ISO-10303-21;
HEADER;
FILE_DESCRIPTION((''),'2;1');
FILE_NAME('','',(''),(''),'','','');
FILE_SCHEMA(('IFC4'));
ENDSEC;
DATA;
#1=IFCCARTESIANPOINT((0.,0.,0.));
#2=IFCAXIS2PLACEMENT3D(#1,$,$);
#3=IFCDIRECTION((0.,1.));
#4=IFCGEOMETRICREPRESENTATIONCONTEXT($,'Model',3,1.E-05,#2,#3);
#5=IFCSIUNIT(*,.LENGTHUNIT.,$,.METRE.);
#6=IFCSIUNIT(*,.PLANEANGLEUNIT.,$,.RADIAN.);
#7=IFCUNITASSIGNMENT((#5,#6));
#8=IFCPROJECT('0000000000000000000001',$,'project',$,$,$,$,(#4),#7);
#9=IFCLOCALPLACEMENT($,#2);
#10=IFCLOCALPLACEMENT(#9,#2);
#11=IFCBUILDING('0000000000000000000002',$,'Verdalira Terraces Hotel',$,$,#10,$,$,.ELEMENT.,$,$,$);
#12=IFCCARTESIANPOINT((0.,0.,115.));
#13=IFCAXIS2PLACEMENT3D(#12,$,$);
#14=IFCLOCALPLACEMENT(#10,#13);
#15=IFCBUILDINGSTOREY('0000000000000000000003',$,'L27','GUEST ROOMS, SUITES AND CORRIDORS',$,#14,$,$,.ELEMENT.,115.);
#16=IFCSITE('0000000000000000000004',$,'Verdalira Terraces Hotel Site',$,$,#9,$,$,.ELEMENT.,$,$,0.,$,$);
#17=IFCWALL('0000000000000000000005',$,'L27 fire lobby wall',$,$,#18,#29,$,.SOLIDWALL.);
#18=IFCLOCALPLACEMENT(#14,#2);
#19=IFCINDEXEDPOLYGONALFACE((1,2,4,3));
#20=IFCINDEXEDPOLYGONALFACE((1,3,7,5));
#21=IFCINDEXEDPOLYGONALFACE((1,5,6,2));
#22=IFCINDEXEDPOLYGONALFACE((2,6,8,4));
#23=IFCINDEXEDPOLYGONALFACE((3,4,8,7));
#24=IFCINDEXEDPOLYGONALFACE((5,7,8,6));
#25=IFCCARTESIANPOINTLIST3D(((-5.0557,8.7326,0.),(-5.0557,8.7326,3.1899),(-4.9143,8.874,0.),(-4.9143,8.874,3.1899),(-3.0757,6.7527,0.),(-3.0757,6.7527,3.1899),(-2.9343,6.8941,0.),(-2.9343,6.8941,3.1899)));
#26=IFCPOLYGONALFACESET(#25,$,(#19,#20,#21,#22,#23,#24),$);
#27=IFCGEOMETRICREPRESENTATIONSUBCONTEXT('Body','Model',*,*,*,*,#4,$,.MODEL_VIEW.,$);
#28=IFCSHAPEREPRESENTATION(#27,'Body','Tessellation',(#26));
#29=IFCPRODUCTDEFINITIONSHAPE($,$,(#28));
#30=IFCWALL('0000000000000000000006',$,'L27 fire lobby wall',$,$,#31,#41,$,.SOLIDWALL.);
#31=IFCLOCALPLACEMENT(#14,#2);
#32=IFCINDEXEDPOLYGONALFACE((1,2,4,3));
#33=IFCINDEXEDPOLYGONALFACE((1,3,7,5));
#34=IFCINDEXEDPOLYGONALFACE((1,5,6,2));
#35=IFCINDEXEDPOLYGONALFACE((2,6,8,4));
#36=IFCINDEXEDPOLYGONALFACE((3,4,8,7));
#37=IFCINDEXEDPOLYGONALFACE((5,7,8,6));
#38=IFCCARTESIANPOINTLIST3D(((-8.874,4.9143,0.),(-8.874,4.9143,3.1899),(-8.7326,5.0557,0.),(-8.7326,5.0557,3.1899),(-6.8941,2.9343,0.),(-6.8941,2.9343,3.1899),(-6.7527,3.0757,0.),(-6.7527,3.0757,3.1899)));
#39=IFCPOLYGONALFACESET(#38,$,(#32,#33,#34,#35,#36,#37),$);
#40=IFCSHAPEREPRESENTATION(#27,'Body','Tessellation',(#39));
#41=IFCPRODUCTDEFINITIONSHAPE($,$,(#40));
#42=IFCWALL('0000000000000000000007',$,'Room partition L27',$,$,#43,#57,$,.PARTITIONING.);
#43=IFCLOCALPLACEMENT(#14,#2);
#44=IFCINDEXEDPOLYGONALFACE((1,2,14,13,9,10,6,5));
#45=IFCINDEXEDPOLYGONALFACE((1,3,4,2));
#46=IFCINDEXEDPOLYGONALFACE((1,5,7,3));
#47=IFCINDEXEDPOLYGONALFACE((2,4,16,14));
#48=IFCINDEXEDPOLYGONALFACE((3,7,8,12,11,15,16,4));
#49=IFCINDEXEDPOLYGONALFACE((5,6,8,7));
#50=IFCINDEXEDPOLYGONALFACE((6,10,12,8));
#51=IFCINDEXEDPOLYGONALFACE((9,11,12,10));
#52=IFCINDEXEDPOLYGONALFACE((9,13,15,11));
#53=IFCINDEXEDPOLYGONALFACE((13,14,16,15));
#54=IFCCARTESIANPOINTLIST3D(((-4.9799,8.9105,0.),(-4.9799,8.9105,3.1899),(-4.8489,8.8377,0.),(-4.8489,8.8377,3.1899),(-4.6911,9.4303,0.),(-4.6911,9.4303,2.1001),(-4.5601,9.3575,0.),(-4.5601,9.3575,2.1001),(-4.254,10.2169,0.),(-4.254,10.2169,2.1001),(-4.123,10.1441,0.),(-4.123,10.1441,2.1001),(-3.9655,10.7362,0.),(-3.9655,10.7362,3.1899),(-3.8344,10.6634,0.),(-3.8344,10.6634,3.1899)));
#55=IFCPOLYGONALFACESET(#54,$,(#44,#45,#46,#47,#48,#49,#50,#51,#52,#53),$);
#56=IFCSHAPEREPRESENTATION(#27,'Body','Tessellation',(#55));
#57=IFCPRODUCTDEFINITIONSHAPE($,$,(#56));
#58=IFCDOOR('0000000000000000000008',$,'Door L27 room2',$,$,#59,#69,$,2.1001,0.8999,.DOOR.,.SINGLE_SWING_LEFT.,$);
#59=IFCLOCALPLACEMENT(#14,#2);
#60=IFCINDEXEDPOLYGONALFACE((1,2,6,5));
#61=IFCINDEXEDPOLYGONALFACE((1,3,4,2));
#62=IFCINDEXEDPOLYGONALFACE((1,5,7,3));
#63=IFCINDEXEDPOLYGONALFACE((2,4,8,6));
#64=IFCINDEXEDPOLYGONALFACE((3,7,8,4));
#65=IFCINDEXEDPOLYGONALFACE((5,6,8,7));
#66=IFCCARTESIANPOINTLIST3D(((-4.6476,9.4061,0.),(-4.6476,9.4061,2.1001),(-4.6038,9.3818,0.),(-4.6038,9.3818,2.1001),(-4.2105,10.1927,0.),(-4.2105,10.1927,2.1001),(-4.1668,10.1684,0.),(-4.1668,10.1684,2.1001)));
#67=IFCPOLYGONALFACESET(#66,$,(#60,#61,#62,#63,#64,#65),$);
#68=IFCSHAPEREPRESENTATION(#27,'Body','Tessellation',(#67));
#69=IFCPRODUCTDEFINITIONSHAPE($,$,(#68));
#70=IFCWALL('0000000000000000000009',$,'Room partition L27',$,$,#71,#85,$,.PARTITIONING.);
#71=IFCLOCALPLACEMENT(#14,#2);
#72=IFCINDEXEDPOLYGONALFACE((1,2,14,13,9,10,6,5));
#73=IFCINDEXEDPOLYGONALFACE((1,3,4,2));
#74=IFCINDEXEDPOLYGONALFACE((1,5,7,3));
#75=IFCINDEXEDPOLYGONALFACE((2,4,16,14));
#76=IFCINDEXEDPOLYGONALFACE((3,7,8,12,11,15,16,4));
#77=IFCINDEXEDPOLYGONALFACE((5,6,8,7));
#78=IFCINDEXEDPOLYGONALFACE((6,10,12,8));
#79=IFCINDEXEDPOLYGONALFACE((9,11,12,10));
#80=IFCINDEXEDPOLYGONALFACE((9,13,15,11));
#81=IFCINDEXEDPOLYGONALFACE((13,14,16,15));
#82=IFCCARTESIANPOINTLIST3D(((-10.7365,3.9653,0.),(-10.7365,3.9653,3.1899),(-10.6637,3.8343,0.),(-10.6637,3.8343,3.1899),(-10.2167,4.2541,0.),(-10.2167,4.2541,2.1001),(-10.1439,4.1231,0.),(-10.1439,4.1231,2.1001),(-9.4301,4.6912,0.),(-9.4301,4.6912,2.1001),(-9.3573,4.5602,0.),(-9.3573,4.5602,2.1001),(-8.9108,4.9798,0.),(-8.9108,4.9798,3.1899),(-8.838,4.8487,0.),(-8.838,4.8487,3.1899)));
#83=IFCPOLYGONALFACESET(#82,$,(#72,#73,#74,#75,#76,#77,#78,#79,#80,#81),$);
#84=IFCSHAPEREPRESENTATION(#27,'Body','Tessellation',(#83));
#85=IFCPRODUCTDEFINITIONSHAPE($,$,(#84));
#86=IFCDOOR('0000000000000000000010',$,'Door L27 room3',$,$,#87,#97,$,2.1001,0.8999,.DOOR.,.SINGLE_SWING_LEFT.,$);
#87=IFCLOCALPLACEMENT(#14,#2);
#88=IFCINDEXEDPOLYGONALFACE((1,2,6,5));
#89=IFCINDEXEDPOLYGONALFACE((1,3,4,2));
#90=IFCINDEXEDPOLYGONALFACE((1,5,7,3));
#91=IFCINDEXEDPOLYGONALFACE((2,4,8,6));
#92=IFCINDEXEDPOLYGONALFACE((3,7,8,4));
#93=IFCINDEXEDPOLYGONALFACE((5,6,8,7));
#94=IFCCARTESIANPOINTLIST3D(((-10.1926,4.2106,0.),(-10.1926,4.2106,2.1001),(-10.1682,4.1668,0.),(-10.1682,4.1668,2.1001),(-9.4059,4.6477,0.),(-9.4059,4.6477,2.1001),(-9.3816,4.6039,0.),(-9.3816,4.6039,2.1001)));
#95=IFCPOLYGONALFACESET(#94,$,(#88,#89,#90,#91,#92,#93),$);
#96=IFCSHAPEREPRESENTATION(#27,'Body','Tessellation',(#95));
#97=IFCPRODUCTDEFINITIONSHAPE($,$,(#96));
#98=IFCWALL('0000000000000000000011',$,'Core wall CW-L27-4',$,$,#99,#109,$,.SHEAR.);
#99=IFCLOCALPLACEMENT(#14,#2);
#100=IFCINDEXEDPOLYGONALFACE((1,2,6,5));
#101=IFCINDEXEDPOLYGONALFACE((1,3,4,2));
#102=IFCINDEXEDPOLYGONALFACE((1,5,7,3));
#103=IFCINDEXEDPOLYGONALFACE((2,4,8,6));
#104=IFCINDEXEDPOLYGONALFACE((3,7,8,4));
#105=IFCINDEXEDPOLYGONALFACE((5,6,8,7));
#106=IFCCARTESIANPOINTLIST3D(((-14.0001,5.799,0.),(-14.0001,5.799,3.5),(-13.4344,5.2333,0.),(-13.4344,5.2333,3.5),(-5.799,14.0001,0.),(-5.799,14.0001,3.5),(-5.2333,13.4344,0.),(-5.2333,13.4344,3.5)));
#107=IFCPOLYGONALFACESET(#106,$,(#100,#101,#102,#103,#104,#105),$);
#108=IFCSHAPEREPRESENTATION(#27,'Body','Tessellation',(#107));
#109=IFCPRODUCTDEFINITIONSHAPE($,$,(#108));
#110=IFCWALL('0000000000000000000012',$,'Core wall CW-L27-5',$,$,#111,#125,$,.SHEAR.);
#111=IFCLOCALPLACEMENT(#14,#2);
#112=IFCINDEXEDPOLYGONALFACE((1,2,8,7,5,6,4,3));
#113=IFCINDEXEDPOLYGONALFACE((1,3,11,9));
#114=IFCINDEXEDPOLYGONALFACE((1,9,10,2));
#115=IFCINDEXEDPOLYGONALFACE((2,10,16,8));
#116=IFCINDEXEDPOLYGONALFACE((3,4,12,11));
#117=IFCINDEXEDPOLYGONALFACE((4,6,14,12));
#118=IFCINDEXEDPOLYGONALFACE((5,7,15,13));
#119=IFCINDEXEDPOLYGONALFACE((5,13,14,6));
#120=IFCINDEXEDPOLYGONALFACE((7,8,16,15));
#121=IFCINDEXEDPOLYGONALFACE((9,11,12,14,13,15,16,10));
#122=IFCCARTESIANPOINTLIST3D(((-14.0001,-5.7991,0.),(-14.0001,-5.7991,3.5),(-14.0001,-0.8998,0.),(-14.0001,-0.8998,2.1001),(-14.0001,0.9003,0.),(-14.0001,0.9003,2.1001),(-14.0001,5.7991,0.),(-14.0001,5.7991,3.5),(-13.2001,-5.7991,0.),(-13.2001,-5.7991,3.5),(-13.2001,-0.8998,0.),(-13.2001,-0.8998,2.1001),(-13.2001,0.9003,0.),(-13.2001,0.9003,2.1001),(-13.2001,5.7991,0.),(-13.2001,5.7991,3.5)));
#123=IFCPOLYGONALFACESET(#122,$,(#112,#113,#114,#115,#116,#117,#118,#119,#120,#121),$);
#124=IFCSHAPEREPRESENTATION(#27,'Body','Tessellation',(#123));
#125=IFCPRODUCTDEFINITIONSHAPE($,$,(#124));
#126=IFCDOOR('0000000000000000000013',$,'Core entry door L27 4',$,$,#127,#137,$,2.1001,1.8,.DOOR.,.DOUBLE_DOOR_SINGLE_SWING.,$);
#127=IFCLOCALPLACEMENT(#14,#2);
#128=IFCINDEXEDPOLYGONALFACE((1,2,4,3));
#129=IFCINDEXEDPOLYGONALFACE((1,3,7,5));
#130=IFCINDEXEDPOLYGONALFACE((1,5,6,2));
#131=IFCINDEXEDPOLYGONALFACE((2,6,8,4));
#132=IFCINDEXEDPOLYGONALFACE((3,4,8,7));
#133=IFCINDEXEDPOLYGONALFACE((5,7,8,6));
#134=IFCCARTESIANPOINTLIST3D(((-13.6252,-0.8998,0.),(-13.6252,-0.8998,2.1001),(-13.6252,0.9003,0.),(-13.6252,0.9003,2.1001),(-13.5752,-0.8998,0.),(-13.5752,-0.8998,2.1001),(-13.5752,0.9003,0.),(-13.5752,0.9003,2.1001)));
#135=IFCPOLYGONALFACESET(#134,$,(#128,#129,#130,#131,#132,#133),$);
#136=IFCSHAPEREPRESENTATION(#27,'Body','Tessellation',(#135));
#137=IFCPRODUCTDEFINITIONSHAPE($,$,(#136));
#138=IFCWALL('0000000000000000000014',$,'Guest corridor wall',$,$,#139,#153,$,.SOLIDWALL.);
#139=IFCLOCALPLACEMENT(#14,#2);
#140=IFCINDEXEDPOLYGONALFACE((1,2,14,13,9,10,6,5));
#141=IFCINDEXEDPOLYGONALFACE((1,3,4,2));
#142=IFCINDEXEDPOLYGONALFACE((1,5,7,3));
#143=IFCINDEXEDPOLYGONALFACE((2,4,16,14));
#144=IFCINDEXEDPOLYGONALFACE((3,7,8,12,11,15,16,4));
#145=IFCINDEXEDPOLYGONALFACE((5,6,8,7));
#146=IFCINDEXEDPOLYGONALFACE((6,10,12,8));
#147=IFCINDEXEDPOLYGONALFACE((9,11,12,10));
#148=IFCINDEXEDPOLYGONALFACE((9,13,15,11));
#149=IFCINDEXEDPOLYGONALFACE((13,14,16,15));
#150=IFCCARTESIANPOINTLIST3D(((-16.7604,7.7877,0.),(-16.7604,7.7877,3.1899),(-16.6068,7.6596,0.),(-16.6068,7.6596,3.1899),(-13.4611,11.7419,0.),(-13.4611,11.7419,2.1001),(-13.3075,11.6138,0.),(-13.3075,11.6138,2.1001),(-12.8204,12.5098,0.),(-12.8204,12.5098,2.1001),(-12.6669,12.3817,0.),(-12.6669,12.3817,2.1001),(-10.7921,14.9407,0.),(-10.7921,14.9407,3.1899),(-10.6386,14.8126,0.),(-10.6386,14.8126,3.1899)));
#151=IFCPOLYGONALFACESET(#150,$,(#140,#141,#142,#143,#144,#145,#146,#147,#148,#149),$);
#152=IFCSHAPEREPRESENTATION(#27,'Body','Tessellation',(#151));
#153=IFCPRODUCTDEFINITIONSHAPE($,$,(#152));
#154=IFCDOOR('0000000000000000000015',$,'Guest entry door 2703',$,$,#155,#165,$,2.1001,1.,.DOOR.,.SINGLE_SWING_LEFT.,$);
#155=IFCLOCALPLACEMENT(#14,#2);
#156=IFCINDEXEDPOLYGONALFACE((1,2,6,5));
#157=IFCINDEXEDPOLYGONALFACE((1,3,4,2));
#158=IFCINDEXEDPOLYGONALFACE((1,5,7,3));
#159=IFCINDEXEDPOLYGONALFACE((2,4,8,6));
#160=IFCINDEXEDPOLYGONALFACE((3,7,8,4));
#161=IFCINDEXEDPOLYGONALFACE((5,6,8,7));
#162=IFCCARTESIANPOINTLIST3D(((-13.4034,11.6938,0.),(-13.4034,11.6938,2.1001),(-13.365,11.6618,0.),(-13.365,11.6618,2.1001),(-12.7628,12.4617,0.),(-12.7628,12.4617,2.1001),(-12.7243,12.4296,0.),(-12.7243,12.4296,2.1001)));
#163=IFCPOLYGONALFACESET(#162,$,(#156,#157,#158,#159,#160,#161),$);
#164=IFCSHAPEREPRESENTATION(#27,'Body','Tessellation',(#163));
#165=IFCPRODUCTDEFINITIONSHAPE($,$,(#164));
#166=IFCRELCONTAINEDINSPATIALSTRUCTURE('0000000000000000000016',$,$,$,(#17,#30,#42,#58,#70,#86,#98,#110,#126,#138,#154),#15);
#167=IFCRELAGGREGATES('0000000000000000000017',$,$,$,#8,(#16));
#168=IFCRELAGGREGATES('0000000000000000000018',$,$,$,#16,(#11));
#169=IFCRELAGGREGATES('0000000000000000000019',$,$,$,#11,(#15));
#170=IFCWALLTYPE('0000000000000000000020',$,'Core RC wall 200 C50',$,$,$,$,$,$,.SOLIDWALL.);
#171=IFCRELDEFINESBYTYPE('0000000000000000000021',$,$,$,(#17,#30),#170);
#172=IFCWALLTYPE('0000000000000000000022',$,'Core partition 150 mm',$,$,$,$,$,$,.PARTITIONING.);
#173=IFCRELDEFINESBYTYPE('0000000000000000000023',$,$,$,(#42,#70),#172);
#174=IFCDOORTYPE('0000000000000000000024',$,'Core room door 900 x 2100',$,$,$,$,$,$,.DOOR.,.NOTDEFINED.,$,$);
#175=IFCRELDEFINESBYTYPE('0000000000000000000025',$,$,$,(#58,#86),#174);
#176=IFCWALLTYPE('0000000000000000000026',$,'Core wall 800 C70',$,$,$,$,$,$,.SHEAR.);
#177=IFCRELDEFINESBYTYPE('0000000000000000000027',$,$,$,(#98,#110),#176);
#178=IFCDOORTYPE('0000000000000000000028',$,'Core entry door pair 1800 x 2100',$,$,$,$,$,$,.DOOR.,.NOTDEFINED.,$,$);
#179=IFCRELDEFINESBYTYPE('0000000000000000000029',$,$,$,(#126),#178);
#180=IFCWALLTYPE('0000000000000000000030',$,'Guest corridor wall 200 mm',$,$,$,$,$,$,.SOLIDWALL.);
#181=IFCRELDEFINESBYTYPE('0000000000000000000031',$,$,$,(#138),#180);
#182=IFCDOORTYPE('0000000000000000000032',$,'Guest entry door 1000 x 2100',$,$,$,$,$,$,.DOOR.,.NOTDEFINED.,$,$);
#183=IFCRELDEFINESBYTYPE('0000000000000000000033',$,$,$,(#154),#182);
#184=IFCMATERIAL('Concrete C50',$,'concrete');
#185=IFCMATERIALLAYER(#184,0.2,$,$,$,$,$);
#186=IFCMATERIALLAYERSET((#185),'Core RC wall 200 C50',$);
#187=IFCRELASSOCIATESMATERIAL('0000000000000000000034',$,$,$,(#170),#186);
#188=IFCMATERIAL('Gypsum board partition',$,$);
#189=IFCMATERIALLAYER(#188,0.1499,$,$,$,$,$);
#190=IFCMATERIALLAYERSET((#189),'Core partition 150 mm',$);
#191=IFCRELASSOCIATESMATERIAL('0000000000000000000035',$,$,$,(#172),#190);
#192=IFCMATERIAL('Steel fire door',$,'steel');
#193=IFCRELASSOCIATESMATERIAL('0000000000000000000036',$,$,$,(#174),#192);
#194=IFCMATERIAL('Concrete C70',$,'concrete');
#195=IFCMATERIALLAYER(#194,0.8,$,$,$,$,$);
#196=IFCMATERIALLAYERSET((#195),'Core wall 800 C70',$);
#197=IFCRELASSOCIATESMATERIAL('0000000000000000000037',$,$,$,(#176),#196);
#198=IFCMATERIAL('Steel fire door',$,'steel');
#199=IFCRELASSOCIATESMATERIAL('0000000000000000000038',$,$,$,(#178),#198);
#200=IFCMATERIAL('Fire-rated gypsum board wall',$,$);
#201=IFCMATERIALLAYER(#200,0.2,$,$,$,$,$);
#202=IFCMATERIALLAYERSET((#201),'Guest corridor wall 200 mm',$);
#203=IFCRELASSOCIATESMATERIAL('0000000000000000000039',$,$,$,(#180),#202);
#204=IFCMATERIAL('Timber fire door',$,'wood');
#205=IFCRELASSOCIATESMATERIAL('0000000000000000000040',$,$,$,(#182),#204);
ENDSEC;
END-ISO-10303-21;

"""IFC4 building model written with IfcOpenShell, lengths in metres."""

from ifc_helpers import new_model, si_unit, direction, frame, frame_2d, origin, place, context, subcontext, project, spatial, rectangle, extrude, material, layer, layer_set, type_object, element, fill, save


model = new_model("IFC4")

# Units and contexts
model_context = context("Model", 3, precision=1e-05, world=origin(), true_north=direction((0.0, 1.0)))
body_context = subcontext(model_context, "Body", "Model", "MODEL_VIEW")
ifc_project = project(units=[si_unit("LENGTHUNIT", "METRE"), si_unit("PLANEANGLEUNIT", "RADIAN")], contexts=[model_context])

# Site, building, storey
site_placement = place(None, origin())
site = spatial("IfcSite", under=ifc_project, at=site_placement, Name="Verdalira Terraces Hotel Site", CompositionType="ELEMENT", RefElevation=0.0)
building_placement = place(site_placement, origin())
building = spatial("IfcBuilding", under=site, at=building_placement, Name="Verdalira Terraces Hotel", CompositionType="ELEMENT")
storey_placement = place(building_placement, frame((0.0, 0.0, 115.0)))
storey = spatial("IfcBuildingStorey", under=building, at=storey_placement, Name="L27", Description="GUEST ROOMS, SUITES AND CORRIDORS", CompositionType="ELEMENT", Elevation=115.0)

# Shared definitions
ifc_material_1 = material(Name="Concrete C50", Category="concrete")
ifc_layer_1 = layer(ifc_material_1, 0.2)
ifc_layer_set_1 = layer_set([ifc_layer_1], Name="Core RC wall 200 C50")
wall_type_1 = type_object("IfcWallType", Name="Core RC wall 200 C50", PredefinedType="SOLIDWALL", material=ifc_layer_set_1)

# Walls
for number, where, z_axis, x_axis, name in (
    (1, (-3.0051, 6.8235, 0.0), (0.0, 0.0, 1.0), (-0.707107, 0.707107, 0.0), "L27 fire lobby wall"),
    (2, (-6.8235, 3.0051, 0.0), (0.0, 0.0, 1.0), (-0.707107, 0.707107, 0.0), "L27 fire lobby wall"),
):
    element("IfcWall", number, at=place(storey_placement, frame(where, z_axis=z_axis, x_axis=x_axis)), inside=storey, type_object=wall_type_1, Name=name, PredefinedType="SOLIDWALL", context=body_context, shape_type="SweptSolid", body=[
        extrude(rectangle(XDim=2.8, YDim=0.2, at=frame_2d((1.3999, 0.0))), origin(), (0.0, 0.0, 1.0), 3.1899),
    ])

# Walls, openings, doors
ifc_material_2 = material(Name="Gypsum board partition")
ifc_layer_2 = layer(ifc_material_2, 0.1499)
ifc_layer_set_2 = layer_set([ifc_layer_2], Name="Core partition 150 mm")
wall_type_2 = type_object("IfcWallType", Name="Core partition 150 mm", PredefinedType="PARTITIONING", material=ifc_layer_set_2)
wall_1_placement = place(storey_placement, frame((-3.8999, 10.7, 0.0), z_axis=(0.0, 0.0, 1.0), x_axis=(-0.485693, -0.87413, 0.0)))
wall_1 = element("IfcWall", 3, at=wall_1_placement, inside=storey, type_object=wall_type_2, Name="Room partition L27", PredefinedType="PARTITIONING", context=body_context, shape_type="SweptSolid", body=[
    extrude(rectangle(XDim=2.0886, YDim=0.1499, at=frame_2d((1.0444, 0.0))), origin(), (0.0, 0.0, 1.0), 3.1899),
])
opening_1_placement = place(wall_1_placement, frame((0.5942, 0.0, 0.0)))
opening_1 = element("IfcOpeningElement", 4, at=opening_1_placement, cuts=wall_1, PredefinedType="OPENING", context=body_context, shape_type="SweptSolid", body=[
    extrude(rectangle(XDim=0.8999, YDim=2.1001, at=frame_2d((0.45, 1.05))), frame((0.0, 0.085, 0.0), z_axis=(0.0, -1.0, 0.0), x_axis=(1.0, 0.0, 0.0)), (0.0, 0.0, 1.0), 0.1699),
])
ifc_material_3 = material(Name="Steel fire door", Category="steel")
door_type_1 = type_object("IfcDoorType", Name="Core room door 900 x 2100", OperationType="NOTDEFINED", PredefinedType="DOOR", material=ifc_material_3)
door_1_placement = place(opening_1_placement, origin())
door_1 = element("IfcDoor", 5, at=door_1_placement, inside=storey, type_object=door_type_1, Name="Door L27 room2", OperationType="SINGLE_SWING_LEFT", OverallHeight=2.1001, OverallWidth=0.8999, PredefinedType="DOOR", context=body_context, shape_type="SweptSolid", body=[
    extrude(rectangle(XDim=0.8999, YDim=2.1001, at=frame_2d((0.45, 1.05))), frame((0.0, 0.0249, 0.0), z_axis=(0.0, -1.0, 0.0), x_axis=(1.0, 0.0, 0.0)), (0.0, 0.0, 1.0), 0.05),
])
fill(opening_1, door_1)
wall_2_placement = place(storey_placement, frame((-8.8743, 4.9143, 0.0), z_axis=(0.0, 0.0, 1.0), x_axis=(-0.87413, -0.485693, 0.0)))
wall_2 = element("IfcWall", 6, at=wall_2_placement, inside=storey, type_object=wall_type_2, Name="Room partition L27", PredefinedType="PARTITIONING", context=body_context, shape_type="SweptSolid", body=[
    extrude(rectangle(XDim=2.0886, YDim=0.1499, at=frame_2d((1.0444, 0.0))), origin(), (0.0, 0.0, 1.0), 3.1899),
])
opening_2_placement = place(wall_2_placement, frame((0.5942, 0.0, 0.0)))
opening_2 = element("IfcOpeningElement", 7, at=opening_2_placement, cuts=wall_2, PredefinedType="OPENING", context=body_context, shape_type="SweptSolid", body=[
    extrude(rectangle(XDim=0.8999, YDim=2.1001, at=frame_2d((0.45, 1.05))), frame((0.0, 0.085, 0.0), z_axis=(0.0, -1.0, 0.0), x_axis=(1.0, 0.0, 0.0)), (0.0, 0.0, 1.0), 0.1699),
])
door_2_placement = place(opening_2_placement, origin())
door_2 = element("IfcDoor", 8, at=door_2_placement, inside=storey, type_object=door_type_1, Name="Door L27 room3", OperationType="SINGLE_SWING_LEFT", OverallHeight=2.1001, OverallWidth=0.8999, PredefinedType="DOOR", context=body_context, shape_type="SweptSolid", body=[
    extrude(rectangle(XDim=0.8999, YDim=2.1001, at=frame_2d((0.45, 1.05))), frame((0.0, 0.0249, 0.0), z_axis=(0.0, -1.0, 0.0), x_axis=(1.0, 0.0, 0.0)), (0.0, 0.0, 1.0), 0.05),
])
fill(opening_2, door_2)

# Wall
ifc_material_4 = material(Name="Concrete C70", Category="concrete")
ifc_layer_3 = layer(ifc_material_4, 0.8)
ifc_layer_set_3 = layer_set([ifc_layer_3], Name="Core wall 800 C70")
wall_type_3 = type_object("IfcWallType", Name="Core wall 800 C70", PredefinedType="SHEAR", material=ifc_layer_set_3)
wall_3_placement = place(storey_placement, frame((-5.5161, 13.7173, 0.0), z_axis=(0.0, 0.0, 1.0), x_axis=(-0.707107, -0.707107, 0.0)))
element("IfcWall", 9, at=wall_3_placement, inside=storey, type_object=wall_type_3, Name="Core wall CW-L27-4", PredefinedType="SHEAR", context=body_context, shape_type="SweptSolid", body=[
    extrude(rectangle(XDim=11.5981, YDim=0.8, at=frame_2d((5.7991, 0.0))), origin(), (0.0, 0.0, 1.0), 3.5),
])

# Walls, openings, doors
wall_4_placement = place(storey_placement, frame((-13.6001, 5.7991, 0.0), z_axis=(0.0, 0.0, 1.0), x_axis=(0.0, -1.0, 0.0)))
wall_4 = element("IfcWall", 10, at=wall_4_placement, inside=storey, type_object=wall_type_3, Name="Core wall CW-L27-5", PredefinedType="SHEAR", context=body_context, shape_type="SweptSolid", body=[
    extrude(rectangle(XDim=11.5981, YDim=0.8, at=frame_2d((5.7991, 0.0))), origin(), (0.0, 0.0, 1.0), 3.5),
])
opening_3_placement = place(wall_4_placement, frame((4.8989, 0.0, 0.0)))
opening_3 = element("IfcOpeningElement", 11, at=opening_3_placement, cuts=wall_4, PredefinedType="OPENING", context=body_context, shape_type="SweptSolid", body=[
    extrude(rectangle(XDim=1.8, YDim=2.1001, at=frame_2d((0.8999, 1.05))), frame((0.0, 0.4099, 0.0), z_axis=(0.0, -1.0, 0.0), x_axis=(1.0, 0.0, 0.0)), (0.0, 0.0, 1.0), 0.8201),
])
ifc_material_5 = material(Name="Steel fire door", Category="steel")
door_type_2 = type_object("IfcDoorType", Name="Core entry door pair 1800 x 2100", OperationType="NOTDEFINED", PredefinedType="DOOR", material=ifc_material_5)
door_3_placement = place(opening_3_placement, origin())
door_3 = element("IfcDoor", 12, at=door_3_placement, inside=storey, type_object=door_type_2, Name="Core entry door L27 4", OperationType="DOUBLE_DOOR_SINGLE_SWING", OverallHeight=2.1001, OverallWidth=1.8, PredefinedType="DOOR", context=body_context, shape_type="SweptSolid", body=[
    extrude(rectangle(XDim=1.8, YDim=2.1001, at=frame_2d((0.8999, 1.05))), frame((0.0, 0.0249, 0.0), z_axis=(0.0, -1.0, 0.0), x_axis=(1.0, 0.0, 0.0)), (0.0, 0.0, 1.0), 0.05),
])
fill(opening_3, door_3)
ifc_material_6 = material(Name="Fire-rated gypsum board wall")
ifc_layer_4 = layer(ifc_material_6, 0.2)
ifc_layer_set_4 = layer_set([ifc_layer_4], Name="Guest corridor wall 200 mm")
wall_type_4 = type_object("IfcWallType", Name="Guest corridor wall 200 mm", PredefinedType="SOLIDWALL", material=ifc_layer_set_4)
wall_5_placement = place(storey_placement, frame((-16.6836, 7.7236, 0.0), z_axis=(0.0, 0.0, 1.0), x_axis=(0.640651, 0.767832, 0.0)))
wall_5 = element("IfcWall", 13, at=wall_5_placement, inside=storey, type_object=wall_type_4, Name="Guest corridor wall", PredefinedType="SOLIDWALL", context=body_context, shape_type="SweptSolid", body=[
    extrude(rectangle(XDim=9.3159, YDim=0.2, at=frame_2d((4.658, 0.0))), origin(), (0.0, 0.0, 1.0), 3.1899),
])
opening_4_placement = place(wall_5_placement, frame((5.1499, 0.0, 0.0)))
opening_4 = element("IfcOpeningElement", 14, at=opening_4_placement, cuts=wall_5, PredefinedType="OPENING", context=body_context, shape_type="SweptSolid", body=[
    extrude(rectangle(XDim=1.0, YDim=2.1001, at=frame_2d((0.5, 1.05))), frame((0.0, 0.1099, 0.0), z_axis=(0.0, -1.0, 0.0), x_axis=(1.0, 0.0, 0.0)), (0.0, 0.0, 1.0), 0.22),
])
ifc_material_7 = material(Name="Timber fire door", Category="wood")
door_type_3 = type_object("IfcDoorType", Name="Guest entry door 1000 x 2100", OperationType="NOTDEFINED", PredefinedType="DOOR", material=ifc_material_7)
door_4_placement = place(opening_4_placement, origin())
door_4 = element("IfcDoor", 15, at=door_4_placement, inside=storey, type_object=door_type_3, Name="Guest entry door 2703", OperationType="SINGLE_SWING_LEFT", OverallHeight=2.1001, OverallWidth=1.0, PredefinedType="DOOR", context=body_context, shape_type="SweptSolid", body=[
    extrude(rectangle(XDim=1.0, YDim=2.1001, at=frame_2d((0.5, 1.05))), frame((0.0, 0.0249, 0.0), z_axis=(0.0, -1.0, 0.0), x_axis=(1.0, 0.0, 0.0)), (0.0, 0.0, 1.0), 0.05),
])
fill(opening_4, door_4)

save(model, "model.ifc")
